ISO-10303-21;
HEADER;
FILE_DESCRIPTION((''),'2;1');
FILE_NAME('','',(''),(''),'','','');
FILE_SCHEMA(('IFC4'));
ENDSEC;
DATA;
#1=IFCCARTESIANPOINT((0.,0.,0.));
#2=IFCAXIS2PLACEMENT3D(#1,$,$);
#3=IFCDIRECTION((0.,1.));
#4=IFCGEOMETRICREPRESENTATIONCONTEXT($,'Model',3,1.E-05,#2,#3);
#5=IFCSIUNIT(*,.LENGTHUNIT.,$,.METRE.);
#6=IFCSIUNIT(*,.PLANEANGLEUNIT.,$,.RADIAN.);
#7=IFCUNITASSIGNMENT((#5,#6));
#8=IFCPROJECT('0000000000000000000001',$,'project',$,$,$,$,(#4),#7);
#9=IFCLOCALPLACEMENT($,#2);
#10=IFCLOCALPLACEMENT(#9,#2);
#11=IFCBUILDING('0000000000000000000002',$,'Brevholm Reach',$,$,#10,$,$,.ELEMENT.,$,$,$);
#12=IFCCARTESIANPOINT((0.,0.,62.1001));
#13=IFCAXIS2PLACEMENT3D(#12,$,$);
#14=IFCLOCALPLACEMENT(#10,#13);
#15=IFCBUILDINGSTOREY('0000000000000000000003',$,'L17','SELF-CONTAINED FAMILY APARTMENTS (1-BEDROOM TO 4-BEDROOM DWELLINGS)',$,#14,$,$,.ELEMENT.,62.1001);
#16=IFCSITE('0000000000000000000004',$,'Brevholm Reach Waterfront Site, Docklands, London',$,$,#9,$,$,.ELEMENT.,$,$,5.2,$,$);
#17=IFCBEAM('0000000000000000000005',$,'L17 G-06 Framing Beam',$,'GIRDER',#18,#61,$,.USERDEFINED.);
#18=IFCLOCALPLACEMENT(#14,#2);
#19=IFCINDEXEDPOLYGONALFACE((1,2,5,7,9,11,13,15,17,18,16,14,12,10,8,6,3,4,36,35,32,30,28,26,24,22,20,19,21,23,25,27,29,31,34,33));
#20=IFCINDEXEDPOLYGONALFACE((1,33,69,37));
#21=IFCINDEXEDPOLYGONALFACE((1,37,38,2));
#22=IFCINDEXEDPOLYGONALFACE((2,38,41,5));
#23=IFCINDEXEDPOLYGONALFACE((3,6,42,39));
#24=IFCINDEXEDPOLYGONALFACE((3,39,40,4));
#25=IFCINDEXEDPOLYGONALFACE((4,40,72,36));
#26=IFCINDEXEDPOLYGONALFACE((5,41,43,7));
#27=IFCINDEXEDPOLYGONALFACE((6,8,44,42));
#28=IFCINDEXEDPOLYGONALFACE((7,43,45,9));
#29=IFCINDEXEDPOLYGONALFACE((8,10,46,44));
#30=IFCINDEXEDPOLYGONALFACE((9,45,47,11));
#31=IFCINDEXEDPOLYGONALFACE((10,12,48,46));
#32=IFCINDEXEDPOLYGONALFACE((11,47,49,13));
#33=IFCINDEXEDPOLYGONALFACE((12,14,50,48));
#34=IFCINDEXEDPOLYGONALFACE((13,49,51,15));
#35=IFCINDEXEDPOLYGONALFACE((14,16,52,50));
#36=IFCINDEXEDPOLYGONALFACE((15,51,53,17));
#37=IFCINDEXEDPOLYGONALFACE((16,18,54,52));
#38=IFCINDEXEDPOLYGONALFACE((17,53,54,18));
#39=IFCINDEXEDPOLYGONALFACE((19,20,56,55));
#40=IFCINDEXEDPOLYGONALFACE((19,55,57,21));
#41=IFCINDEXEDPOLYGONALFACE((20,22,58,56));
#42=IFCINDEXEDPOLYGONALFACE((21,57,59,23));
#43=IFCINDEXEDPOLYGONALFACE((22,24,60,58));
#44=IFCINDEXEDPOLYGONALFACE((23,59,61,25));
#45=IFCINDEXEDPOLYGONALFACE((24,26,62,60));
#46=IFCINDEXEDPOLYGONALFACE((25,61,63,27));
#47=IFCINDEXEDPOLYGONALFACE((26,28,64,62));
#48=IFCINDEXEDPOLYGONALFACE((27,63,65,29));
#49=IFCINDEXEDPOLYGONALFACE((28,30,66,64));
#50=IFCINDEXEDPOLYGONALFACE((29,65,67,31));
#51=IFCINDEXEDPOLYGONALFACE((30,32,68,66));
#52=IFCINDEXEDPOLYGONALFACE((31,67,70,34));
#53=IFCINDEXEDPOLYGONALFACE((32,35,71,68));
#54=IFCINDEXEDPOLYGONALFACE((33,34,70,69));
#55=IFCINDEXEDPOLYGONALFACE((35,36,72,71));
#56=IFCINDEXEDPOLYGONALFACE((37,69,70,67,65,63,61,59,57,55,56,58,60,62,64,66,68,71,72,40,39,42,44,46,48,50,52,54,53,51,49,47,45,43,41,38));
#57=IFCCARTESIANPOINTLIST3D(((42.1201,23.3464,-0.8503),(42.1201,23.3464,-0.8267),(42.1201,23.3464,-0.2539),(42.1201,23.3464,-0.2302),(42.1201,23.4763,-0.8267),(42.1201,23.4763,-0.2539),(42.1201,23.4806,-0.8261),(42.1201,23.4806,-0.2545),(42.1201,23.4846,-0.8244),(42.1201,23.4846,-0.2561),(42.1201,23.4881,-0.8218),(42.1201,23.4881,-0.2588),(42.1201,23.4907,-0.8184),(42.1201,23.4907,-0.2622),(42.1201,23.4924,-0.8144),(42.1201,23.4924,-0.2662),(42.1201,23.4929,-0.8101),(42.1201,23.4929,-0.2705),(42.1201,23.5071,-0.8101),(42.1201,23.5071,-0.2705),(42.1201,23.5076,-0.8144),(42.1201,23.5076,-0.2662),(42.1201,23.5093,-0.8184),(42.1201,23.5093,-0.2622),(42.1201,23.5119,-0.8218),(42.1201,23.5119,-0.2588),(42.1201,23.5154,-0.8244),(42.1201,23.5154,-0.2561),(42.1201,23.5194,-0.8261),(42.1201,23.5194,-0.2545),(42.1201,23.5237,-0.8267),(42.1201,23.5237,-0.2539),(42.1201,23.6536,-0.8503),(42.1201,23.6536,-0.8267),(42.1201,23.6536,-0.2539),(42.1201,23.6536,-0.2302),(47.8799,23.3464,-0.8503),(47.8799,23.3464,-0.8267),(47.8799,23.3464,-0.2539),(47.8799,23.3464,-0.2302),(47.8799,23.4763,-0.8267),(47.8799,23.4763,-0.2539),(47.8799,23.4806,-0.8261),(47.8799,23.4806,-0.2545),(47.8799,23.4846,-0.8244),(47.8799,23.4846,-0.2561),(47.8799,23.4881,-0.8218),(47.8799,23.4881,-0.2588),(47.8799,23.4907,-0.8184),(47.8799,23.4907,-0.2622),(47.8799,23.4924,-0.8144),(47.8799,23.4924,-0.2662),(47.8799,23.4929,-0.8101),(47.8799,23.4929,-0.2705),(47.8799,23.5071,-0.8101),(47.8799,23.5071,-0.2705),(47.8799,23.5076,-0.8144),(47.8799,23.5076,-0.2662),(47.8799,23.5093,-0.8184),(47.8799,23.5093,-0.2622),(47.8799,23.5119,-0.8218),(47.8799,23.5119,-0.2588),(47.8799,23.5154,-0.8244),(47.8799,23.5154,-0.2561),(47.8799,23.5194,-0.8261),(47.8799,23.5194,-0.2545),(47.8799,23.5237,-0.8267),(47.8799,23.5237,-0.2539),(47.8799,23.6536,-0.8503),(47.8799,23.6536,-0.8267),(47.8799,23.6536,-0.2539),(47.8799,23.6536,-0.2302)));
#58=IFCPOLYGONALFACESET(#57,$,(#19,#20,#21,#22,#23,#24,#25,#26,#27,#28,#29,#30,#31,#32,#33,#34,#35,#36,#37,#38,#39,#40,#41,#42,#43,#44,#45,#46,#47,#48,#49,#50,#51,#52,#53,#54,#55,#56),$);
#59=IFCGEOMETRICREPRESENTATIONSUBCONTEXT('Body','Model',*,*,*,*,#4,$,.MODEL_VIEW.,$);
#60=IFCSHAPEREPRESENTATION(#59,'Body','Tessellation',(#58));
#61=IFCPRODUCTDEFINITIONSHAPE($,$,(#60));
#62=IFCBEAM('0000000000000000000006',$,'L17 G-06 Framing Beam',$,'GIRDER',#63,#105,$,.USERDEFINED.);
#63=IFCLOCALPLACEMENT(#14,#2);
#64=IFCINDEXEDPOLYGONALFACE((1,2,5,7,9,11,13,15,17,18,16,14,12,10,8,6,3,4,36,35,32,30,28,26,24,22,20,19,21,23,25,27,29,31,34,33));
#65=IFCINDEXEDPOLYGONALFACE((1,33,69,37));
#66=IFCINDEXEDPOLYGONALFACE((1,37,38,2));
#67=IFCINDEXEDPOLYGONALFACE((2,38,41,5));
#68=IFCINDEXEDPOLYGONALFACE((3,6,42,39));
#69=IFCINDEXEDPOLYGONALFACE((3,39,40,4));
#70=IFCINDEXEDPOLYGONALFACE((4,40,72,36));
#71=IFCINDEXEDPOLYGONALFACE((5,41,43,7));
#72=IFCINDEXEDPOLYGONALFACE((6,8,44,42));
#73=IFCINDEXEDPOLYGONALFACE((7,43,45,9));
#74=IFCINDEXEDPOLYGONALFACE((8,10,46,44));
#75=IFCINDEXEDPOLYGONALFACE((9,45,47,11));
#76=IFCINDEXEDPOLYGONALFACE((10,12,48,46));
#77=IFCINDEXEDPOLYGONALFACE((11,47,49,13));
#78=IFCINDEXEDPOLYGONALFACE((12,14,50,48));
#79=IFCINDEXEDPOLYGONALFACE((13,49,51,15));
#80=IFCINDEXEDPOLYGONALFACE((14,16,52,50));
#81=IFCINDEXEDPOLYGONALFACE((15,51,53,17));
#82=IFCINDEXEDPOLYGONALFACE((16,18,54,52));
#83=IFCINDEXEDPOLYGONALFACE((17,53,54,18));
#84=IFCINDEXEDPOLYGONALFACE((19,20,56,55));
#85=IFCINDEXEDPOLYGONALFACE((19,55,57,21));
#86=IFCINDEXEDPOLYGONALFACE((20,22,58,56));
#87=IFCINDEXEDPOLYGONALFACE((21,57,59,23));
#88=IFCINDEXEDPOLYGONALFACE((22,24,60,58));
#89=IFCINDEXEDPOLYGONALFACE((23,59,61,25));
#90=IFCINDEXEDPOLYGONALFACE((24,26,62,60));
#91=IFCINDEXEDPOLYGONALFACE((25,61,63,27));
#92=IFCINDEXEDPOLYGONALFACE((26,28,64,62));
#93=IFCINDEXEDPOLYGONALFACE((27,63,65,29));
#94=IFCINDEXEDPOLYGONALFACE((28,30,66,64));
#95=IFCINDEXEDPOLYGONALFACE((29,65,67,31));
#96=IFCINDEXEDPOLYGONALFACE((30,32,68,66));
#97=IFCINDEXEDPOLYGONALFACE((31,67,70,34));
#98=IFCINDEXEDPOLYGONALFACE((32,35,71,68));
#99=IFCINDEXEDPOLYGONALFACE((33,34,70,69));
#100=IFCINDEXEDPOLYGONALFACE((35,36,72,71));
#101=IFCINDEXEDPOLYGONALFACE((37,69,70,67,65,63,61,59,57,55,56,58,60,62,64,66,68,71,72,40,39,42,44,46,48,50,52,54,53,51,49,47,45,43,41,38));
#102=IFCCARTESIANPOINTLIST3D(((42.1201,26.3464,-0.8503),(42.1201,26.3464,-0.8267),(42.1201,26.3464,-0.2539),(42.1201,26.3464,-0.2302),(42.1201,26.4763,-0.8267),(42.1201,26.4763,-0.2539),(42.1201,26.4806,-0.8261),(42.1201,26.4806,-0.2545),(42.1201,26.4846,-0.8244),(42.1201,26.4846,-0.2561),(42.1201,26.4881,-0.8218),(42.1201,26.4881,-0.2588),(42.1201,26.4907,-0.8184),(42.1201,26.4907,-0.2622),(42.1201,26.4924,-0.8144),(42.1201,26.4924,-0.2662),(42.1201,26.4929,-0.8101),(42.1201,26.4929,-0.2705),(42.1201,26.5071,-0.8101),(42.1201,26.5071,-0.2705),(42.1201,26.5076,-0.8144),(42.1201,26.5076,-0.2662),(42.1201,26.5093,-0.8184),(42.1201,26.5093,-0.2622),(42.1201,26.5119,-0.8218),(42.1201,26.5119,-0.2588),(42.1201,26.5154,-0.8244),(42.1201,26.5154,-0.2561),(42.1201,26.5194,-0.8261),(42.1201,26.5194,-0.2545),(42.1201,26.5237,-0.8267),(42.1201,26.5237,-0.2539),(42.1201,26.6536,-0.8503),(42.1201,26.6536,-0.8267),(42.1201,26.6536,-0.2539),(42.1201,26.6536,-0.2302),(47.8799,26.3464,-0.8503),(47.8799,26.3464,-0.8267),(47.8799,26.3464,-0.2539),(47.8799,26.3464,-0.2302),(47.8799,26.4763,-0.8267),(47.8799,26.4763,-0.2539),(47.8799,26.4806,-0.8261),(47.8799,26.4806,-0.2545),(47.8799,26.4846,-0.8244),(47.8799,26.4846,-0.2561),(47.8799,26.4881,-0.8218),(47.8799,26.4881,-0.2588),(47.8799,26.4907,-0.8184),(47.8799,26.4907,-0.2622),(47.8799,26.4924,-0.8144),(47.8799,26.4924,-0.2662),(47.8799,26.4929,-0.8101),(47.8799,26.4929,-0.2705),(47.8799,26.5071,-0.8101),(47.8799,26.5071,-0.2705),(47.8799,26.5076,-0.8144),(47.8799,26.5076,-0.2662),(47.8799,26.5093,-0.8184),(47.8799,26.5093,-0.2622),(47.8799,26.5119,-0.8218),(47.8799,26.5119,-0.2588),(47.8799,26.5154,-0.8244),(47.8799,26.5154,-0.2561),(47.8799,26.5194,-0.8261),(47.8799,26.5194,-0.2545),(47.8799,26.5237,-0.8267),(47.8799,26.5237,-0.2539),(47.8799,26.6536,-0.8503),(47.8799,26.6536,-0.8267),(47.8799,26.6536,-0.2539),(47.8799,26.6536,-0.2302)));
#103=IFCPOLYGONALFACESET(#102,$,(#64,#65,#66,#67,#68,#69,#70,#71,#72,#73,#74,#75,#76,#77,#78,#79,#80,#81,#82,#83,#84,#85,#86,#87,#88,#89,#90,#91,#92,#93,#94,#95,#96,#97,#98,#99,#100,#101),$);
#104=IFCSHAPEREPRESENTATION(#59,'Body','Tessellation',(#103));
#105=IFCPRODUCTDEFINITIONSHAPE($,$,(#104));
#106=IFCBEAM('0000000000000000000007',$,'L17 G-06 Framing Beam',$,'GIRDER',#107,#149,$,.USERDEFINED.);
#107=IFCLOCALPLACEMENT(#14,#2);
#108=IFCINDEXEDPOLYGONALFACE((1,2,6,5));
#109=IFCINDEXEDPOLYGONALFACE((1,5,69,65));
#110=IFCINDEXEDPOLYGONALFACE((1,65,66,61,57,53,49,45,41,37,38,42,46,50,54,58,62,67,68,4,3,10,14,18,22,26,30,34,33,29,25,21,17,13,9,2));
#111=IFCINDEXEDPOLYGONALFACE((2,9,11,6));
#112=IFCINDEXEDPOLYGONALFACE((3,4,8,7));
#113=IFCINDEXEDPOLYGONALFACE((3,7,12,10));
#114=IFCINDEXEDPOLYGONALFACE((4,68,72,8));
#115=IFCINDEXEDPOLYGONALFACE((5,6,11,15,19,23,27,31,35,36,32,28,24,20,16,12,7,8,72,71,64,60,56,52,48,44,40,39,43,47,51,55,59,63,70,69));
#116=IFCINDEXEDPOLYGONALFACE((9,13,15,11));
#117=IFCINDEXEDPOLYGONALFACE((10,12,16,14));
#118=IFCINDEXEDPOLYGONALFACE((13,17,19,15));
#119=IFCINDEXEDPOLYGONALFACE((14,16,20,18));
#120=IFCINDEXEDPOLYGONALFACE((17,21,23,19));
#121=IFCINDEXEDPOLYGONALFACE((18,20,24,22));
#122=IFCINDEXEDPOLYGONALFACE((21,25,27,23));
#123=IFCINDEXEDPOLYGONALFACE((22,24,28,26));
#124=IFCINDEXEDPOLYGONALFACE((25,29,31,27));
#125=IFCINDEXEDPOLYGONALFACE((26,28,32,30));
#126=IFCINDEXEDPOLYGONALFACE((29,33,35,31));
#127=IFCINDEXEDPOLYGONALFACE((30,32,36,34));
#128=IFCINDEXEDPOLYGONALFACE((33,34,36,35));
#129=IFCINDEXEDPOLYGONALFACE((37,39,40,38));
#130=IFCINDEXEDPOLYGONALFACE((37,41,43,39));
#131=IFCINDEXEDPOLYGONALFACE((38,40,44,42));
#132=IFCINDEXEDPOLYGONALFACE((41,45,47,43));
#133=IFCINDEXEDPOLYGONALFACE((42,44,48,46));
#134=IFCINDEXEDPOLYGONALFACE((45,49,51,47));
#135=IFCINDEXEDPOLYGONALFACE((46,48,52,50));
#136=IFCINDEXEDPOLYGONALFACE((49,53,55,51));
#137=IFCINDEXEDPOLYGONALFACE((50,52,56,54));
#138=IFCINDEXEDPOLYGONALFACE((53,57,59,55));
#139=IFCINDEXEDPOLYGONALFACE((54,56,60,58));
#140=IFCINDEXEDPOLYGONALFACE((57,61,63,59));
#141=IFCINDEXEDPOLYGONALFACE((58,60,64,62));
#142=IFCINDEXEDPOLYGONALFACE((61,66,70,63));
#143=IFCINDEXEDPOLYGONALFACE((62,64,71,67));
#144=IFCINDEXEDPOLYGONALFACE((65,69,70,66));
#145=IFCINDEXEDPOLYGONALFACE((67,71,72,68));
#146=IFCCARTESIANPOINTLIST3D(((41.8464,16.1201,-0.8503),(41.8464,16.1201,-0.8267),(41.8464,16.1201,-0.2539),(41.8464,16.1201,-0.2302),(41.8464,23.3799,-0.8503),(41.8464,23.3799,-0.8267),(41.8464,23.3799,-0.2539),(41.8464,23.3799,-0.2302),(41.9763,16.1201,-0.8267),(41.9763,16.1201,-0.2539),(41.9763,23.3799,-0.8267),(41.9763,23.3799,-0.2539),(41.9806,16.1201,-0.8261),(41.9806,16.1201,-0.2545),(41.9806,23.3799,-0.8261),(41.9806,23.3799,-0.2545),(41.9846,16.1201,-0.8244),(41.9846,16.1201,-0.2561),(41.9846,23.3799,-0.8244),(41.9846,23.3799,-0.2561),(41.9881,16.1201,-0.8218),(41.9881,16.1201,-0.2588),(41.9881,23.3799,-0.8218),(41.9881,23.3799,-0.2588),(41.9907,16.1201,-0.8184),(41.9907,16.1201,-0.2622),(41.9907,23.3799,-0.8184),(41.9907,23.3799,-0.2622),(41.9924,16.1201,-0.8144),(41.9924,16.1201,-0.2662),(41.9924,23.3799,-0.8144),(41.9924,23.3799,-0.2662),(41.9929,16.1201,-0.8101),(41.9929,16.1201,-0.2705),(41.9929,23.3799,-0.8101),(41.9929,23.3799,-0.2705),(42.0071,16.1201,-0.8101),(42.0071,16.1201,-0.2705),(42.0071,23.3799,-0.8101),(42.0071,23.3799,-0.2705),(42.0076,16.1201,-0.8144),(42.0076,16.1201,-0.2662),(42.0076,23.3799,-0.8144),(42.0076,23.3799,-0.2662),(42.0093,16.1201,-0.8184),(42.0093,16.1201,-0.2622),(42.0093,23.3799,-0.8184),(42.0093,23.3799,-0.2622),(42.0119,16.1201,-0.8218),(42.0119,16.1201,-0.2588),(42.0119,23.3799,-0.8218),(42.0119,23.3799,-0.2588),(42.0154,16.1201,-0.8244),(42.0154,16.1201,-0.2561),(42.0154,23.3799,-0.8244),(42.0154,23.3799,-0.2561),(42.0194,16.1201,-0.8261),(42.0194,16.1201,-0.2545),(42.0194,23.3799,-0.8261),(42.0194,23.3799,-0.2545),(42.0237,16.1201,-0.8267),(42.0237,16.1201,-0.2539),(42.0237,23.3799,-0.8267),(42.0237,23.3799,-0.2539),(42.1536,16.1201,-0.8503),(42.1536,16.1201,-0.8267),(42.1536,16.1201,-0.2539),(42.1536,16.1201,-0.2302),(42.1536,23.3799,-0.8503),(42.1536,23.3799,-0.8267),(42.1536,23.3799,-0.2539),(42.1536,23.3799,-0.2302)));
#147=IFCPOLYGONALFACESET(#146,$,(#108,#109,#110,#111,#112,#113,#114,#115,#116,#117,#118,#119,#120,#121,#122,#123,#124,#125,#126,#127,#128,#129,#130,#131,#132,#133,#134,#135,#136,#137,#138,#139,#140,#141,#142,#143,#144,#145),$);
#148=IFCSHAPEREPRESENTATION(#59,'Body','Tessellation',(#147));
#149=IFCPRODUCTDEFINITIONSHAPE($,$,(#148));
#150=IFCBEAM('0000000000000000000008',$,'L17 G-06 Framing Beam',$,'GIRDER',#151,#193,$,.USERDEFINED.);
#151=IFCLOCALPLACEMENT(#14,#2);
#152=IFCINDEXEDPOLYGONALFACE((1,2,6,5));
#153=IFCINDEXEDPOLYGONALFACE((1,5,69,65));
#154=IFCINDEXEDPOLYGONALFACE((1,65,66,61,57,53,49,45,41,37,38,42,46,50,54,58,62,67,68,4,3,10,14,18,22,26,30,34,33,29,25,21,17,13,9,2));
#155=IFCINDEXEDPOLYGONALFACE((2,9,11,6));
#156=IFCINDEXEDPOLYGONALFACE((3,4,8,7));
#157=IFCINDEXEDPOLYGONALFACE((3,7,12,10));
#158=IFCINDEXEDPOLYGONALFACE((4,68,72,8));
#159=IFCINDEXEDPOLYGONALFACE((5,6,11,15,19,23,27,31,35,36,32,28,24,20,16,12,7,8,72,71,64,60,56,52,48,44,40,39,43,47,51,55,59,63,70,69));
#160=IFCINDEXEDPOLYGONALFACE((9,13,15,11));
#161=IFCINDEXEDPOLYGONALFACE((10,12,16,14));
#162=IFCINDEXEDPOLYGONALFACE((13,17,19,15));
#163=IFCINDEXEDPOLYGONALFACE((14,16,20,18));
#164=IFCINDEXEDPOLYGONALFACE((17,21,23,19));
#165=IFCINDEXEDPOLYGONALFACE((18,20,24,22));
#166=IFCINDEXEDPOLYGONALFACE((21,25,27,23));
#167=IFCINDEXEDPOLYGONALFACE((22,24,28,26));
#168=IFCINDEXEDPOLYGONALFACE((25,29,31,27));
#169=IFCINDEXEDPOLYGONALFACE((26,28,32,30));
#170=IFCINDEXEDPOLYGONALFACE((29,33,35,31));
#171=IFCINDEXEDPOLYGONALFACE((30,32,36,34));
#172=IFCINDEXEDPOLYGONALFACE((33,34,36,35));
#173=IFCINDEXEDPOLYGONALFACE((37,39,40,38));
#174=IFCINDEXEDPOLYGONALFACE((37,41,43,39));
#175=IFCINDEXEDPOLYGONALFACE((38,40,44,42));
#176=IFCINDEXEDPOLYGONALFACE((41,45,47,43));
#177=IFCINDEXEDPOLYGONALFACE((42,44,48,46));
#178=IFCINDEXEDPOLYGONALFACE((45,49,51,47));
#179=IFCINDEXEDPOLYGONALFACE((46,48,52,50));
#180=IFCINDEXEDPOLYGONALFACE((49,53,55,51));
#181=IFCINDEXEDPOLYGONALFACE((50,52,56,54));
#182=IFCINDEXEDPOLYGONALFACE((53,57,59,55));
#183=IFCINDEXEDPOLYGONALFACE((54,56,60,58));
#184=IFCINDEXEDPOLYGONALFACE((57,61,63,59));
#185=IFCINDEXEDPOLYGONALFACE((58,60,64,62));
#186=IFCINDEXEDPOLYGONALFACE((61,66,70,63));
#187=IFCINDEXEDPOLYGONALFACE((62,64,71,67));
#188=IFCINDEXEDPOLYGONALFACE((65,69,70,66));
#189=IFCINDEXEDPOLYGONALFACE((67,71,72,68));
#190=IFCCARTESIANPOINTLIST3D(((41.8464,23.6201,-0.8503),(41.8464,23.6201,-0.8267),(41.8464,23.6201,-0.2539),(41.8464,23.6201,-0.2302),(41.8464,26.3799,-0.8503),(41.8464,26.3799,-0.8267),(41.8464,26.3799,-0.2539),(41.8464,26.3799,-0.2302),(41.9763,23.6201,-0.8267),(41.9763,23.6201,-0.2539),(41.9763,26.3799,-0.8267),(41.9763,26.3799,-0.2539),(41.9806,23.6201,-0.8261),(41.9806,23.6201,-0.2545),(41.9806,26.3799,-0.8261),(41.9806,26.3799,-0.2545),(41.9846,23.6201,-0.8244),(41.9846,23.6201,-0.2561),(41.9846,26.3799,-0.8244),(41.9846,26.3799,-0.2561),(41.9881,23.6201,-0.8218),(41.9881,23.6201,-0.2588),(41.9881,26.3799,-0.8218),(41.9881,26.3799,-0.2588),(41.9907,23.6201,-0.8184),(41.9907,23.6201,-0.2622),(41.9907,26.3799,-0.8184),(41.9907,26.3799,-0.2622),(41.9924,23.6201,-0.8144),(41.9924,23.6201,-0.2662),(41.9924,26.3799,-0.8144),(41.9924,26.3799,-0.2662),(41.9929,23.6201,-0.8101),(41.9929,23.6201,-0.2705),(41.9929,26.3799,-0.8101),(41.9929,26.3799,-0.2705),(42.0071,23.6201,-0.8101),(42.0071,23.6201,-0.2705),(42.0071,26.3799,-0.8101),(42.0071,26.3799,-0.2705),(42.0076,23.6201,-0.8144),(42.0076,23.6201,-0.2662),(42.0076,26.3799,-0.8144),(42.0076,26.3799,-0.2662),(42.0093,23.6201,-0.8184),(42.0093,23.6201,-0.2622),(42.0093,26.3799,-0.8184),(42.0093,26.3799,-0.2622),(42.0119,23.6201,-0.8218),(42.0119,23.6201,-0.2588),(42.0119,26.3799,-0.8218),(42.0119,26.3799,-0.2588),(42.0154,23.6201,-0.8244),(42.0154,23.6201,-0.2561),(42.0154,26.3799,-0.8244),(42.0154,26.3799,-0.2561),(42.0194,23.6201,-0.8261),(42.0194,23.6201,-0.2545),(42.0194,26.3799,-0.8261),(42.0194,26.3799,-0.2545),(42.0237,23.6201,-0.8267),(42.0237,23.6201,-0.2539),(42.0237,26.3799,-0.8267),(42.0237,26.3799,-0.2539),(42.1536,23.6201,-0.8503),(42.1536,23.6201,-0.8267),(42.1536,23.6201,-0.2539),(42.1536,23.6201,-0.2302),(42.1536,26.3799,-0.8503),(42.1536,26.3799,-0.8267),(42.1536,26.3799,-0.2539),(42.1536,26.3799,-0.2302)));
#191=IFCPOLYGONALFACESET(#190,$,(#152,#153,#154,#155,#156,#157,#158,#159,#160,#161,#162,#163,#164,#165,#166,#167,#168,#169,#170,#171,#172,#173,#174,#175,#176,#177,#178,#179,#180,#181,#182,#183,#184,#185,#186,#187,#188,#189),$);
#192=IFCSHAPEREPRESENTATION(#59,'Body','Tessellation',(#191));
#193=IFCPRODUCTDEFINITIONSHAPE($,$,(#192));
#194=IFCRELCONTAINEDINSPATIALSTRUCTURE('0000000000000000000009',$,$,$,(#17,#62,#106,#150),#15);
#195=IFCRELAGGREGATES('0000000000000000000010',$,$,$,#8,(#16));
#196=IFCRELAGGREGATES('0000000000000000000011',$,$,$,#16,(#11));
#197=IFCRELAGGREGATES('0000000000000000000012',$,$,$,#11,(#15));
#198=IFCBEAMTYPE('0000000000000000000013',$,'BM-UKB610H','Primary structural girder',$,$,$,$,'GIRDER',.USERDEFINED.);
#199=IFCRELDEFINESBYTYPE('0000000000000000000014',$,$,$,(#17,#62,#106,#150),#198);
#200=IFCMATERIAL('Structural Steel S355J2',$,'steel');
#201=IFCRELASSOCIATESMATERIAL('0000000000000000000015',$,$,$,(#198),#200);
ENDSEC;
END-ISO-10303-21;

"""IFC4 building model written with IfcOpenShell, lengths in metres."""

from ifc_helpers import new_model, si_unit, direction, frame, origin, origin_2d, place, context, subcontext, project, spatial, i_section, extrude, material, material_profile, profile_set, type_object, element, save


model = new_model("IFC4")

# Units and contexts
model_context = context("Model", 3, precision=1e-05, world=origin(), true_north=direction((0.0, 1.0)))
body_context = subcontext(model_context, "Body", "Model", "MODEL_VIEW")
ifc_project = project(units=[si_unit("LENGTHUNIT", "METRE"), si_unit("PLANEANGLEUNIT", "RADIAN")], contexts=[model_context])

# Site, building, storey
site_placement = place(None, origin())
site = spatial("IfcSite", under=ifc_project, at=site_placement, Name="Brevholm Reach Waterfront Site, Docklands, London", CompositionType="ELEMENT", RefElevation=5.2)
building_placement = place(site_placement, origin())
building = spatial("IfcBuilding", under=site, at=building_placement, Name="Brevholm Reach", CompositionType="ELEMENT")
storey_placement = place(building_placement, frame((0.0, 0.0, 62.1001)))
storey = spatial("IfcBuildingStorey", under=building, at=storey_placement, Name="L17", Description="SELF-CONTAINED FAMILY APARTMENTS (1-BEDROOM TO 4-BEDROOM DWELLINGS)", CompositionType="ELEMENT", Elevation=62.1001)

# Beams
ifc_material_1 = material(Name="Structural Steel S355J2", Category="steel")
ifc_material_profile_1 = material_profile(ifc_material_1, i_section(OverallWidth=0.3071, OverallDepth=0.6201, WebThickness=0.0142, FlangeThickness=0.0237, FilletRadius=0.0166, at=origin_2d()), Name="UKB 610x305x179")
ifc_profile_set_1 = profile_set([ifc_material_profile_1], Name="Structural Steel S355J2")
beam_type_1 = type_object("IfcBeamType", Name="BM-UKB610H", Description="Primary structural girder", ElementType="GIRDER", PredefinedType="USERDEFINED", material=ifc_profile_set_1)
for number, where, z_axis, x_axis, name in (
    (1, (42.1201, 23.5, -0.5403), (1.0, 0.0, 0.0), (0.0, 1.0, 0.0), "L17 G-06 Framing Beam"),
    (2, (42.1201, 26.5, -0.5403), (1.0, 0.0, 0.0), (0.0, 1.0, 0.0), "L17 G-06 Framing Beam"),
):
    element("IfcBeam", number, at=place(storey_placement, frame(where, z_axis=z_axis, x_axis=x_axis)), inside=storey, type_object=beam_type_1, Name=name, ObjectType="GIRDER", PredefinedType="USERDEFINED", context=body_context, shape_type="SweptSolid", body=[
        extrude(i_section(OverallWidth=0.3071, OverallDepth=0.6201, WebThickness=0.0142, FlangeThickness=0.0237, FilletRadius=0.0166, at=origin_2d()), origin(), (0.0, 0.0, 1.0), 5.7598),
    ])
beam_1_placement = place(storey_placement, frame((42.0, 16.1201, -0.5403), z_axis=(0.0, 1.0, 0.0), x_axis=(-1.0, 0.0, 0.0)))
element("IfcBeam", 3, at=beam_1_placement, inside=storey, type_object=beam_type_1, Name="L17 G-06 Framing Beam", ObjectType="GIRDER", PredefinedType="USERDEFINED", context=body_context, shape_type="SweptSolid", body=[
    extrude(i_section(OverallWidth=0.3071, OverallDepth=0.6201, WebThickness=0.0142, FlangeThickness=0.0237, FilletRadius=0.0166, at=origin_2d()), origin(), (0.0, 0.0, 1.0), 7.2598),
])
beam_2_placement = place(storey_placement, frame((42.0, 23.6201, -0.5403), z_axis=(0.0, 1.0, 0.0), x_axis=(-1.0, 0.0, 0.0)))
element("IfcBeam", 4, at=beam_2_placement, inside=storey, type_object=beam_type_1, Name="L17 G-06 Framing Beam", ObjectType="GIRDER", PredefinedType="USERDEFINED", context=body_context, shape_type="SweptSolid", body=[
    extrude(i_section(OverallWidth=0.3071, OverallDepth=0.6201, WebThickness=0.0142, FlangeThickness=0.0237, FilletRadius=0.0166, at=origin_2d()), origin(), (0.0, 0.0, 1.0), 2.7598),
])

save(model, "model.ifc")
